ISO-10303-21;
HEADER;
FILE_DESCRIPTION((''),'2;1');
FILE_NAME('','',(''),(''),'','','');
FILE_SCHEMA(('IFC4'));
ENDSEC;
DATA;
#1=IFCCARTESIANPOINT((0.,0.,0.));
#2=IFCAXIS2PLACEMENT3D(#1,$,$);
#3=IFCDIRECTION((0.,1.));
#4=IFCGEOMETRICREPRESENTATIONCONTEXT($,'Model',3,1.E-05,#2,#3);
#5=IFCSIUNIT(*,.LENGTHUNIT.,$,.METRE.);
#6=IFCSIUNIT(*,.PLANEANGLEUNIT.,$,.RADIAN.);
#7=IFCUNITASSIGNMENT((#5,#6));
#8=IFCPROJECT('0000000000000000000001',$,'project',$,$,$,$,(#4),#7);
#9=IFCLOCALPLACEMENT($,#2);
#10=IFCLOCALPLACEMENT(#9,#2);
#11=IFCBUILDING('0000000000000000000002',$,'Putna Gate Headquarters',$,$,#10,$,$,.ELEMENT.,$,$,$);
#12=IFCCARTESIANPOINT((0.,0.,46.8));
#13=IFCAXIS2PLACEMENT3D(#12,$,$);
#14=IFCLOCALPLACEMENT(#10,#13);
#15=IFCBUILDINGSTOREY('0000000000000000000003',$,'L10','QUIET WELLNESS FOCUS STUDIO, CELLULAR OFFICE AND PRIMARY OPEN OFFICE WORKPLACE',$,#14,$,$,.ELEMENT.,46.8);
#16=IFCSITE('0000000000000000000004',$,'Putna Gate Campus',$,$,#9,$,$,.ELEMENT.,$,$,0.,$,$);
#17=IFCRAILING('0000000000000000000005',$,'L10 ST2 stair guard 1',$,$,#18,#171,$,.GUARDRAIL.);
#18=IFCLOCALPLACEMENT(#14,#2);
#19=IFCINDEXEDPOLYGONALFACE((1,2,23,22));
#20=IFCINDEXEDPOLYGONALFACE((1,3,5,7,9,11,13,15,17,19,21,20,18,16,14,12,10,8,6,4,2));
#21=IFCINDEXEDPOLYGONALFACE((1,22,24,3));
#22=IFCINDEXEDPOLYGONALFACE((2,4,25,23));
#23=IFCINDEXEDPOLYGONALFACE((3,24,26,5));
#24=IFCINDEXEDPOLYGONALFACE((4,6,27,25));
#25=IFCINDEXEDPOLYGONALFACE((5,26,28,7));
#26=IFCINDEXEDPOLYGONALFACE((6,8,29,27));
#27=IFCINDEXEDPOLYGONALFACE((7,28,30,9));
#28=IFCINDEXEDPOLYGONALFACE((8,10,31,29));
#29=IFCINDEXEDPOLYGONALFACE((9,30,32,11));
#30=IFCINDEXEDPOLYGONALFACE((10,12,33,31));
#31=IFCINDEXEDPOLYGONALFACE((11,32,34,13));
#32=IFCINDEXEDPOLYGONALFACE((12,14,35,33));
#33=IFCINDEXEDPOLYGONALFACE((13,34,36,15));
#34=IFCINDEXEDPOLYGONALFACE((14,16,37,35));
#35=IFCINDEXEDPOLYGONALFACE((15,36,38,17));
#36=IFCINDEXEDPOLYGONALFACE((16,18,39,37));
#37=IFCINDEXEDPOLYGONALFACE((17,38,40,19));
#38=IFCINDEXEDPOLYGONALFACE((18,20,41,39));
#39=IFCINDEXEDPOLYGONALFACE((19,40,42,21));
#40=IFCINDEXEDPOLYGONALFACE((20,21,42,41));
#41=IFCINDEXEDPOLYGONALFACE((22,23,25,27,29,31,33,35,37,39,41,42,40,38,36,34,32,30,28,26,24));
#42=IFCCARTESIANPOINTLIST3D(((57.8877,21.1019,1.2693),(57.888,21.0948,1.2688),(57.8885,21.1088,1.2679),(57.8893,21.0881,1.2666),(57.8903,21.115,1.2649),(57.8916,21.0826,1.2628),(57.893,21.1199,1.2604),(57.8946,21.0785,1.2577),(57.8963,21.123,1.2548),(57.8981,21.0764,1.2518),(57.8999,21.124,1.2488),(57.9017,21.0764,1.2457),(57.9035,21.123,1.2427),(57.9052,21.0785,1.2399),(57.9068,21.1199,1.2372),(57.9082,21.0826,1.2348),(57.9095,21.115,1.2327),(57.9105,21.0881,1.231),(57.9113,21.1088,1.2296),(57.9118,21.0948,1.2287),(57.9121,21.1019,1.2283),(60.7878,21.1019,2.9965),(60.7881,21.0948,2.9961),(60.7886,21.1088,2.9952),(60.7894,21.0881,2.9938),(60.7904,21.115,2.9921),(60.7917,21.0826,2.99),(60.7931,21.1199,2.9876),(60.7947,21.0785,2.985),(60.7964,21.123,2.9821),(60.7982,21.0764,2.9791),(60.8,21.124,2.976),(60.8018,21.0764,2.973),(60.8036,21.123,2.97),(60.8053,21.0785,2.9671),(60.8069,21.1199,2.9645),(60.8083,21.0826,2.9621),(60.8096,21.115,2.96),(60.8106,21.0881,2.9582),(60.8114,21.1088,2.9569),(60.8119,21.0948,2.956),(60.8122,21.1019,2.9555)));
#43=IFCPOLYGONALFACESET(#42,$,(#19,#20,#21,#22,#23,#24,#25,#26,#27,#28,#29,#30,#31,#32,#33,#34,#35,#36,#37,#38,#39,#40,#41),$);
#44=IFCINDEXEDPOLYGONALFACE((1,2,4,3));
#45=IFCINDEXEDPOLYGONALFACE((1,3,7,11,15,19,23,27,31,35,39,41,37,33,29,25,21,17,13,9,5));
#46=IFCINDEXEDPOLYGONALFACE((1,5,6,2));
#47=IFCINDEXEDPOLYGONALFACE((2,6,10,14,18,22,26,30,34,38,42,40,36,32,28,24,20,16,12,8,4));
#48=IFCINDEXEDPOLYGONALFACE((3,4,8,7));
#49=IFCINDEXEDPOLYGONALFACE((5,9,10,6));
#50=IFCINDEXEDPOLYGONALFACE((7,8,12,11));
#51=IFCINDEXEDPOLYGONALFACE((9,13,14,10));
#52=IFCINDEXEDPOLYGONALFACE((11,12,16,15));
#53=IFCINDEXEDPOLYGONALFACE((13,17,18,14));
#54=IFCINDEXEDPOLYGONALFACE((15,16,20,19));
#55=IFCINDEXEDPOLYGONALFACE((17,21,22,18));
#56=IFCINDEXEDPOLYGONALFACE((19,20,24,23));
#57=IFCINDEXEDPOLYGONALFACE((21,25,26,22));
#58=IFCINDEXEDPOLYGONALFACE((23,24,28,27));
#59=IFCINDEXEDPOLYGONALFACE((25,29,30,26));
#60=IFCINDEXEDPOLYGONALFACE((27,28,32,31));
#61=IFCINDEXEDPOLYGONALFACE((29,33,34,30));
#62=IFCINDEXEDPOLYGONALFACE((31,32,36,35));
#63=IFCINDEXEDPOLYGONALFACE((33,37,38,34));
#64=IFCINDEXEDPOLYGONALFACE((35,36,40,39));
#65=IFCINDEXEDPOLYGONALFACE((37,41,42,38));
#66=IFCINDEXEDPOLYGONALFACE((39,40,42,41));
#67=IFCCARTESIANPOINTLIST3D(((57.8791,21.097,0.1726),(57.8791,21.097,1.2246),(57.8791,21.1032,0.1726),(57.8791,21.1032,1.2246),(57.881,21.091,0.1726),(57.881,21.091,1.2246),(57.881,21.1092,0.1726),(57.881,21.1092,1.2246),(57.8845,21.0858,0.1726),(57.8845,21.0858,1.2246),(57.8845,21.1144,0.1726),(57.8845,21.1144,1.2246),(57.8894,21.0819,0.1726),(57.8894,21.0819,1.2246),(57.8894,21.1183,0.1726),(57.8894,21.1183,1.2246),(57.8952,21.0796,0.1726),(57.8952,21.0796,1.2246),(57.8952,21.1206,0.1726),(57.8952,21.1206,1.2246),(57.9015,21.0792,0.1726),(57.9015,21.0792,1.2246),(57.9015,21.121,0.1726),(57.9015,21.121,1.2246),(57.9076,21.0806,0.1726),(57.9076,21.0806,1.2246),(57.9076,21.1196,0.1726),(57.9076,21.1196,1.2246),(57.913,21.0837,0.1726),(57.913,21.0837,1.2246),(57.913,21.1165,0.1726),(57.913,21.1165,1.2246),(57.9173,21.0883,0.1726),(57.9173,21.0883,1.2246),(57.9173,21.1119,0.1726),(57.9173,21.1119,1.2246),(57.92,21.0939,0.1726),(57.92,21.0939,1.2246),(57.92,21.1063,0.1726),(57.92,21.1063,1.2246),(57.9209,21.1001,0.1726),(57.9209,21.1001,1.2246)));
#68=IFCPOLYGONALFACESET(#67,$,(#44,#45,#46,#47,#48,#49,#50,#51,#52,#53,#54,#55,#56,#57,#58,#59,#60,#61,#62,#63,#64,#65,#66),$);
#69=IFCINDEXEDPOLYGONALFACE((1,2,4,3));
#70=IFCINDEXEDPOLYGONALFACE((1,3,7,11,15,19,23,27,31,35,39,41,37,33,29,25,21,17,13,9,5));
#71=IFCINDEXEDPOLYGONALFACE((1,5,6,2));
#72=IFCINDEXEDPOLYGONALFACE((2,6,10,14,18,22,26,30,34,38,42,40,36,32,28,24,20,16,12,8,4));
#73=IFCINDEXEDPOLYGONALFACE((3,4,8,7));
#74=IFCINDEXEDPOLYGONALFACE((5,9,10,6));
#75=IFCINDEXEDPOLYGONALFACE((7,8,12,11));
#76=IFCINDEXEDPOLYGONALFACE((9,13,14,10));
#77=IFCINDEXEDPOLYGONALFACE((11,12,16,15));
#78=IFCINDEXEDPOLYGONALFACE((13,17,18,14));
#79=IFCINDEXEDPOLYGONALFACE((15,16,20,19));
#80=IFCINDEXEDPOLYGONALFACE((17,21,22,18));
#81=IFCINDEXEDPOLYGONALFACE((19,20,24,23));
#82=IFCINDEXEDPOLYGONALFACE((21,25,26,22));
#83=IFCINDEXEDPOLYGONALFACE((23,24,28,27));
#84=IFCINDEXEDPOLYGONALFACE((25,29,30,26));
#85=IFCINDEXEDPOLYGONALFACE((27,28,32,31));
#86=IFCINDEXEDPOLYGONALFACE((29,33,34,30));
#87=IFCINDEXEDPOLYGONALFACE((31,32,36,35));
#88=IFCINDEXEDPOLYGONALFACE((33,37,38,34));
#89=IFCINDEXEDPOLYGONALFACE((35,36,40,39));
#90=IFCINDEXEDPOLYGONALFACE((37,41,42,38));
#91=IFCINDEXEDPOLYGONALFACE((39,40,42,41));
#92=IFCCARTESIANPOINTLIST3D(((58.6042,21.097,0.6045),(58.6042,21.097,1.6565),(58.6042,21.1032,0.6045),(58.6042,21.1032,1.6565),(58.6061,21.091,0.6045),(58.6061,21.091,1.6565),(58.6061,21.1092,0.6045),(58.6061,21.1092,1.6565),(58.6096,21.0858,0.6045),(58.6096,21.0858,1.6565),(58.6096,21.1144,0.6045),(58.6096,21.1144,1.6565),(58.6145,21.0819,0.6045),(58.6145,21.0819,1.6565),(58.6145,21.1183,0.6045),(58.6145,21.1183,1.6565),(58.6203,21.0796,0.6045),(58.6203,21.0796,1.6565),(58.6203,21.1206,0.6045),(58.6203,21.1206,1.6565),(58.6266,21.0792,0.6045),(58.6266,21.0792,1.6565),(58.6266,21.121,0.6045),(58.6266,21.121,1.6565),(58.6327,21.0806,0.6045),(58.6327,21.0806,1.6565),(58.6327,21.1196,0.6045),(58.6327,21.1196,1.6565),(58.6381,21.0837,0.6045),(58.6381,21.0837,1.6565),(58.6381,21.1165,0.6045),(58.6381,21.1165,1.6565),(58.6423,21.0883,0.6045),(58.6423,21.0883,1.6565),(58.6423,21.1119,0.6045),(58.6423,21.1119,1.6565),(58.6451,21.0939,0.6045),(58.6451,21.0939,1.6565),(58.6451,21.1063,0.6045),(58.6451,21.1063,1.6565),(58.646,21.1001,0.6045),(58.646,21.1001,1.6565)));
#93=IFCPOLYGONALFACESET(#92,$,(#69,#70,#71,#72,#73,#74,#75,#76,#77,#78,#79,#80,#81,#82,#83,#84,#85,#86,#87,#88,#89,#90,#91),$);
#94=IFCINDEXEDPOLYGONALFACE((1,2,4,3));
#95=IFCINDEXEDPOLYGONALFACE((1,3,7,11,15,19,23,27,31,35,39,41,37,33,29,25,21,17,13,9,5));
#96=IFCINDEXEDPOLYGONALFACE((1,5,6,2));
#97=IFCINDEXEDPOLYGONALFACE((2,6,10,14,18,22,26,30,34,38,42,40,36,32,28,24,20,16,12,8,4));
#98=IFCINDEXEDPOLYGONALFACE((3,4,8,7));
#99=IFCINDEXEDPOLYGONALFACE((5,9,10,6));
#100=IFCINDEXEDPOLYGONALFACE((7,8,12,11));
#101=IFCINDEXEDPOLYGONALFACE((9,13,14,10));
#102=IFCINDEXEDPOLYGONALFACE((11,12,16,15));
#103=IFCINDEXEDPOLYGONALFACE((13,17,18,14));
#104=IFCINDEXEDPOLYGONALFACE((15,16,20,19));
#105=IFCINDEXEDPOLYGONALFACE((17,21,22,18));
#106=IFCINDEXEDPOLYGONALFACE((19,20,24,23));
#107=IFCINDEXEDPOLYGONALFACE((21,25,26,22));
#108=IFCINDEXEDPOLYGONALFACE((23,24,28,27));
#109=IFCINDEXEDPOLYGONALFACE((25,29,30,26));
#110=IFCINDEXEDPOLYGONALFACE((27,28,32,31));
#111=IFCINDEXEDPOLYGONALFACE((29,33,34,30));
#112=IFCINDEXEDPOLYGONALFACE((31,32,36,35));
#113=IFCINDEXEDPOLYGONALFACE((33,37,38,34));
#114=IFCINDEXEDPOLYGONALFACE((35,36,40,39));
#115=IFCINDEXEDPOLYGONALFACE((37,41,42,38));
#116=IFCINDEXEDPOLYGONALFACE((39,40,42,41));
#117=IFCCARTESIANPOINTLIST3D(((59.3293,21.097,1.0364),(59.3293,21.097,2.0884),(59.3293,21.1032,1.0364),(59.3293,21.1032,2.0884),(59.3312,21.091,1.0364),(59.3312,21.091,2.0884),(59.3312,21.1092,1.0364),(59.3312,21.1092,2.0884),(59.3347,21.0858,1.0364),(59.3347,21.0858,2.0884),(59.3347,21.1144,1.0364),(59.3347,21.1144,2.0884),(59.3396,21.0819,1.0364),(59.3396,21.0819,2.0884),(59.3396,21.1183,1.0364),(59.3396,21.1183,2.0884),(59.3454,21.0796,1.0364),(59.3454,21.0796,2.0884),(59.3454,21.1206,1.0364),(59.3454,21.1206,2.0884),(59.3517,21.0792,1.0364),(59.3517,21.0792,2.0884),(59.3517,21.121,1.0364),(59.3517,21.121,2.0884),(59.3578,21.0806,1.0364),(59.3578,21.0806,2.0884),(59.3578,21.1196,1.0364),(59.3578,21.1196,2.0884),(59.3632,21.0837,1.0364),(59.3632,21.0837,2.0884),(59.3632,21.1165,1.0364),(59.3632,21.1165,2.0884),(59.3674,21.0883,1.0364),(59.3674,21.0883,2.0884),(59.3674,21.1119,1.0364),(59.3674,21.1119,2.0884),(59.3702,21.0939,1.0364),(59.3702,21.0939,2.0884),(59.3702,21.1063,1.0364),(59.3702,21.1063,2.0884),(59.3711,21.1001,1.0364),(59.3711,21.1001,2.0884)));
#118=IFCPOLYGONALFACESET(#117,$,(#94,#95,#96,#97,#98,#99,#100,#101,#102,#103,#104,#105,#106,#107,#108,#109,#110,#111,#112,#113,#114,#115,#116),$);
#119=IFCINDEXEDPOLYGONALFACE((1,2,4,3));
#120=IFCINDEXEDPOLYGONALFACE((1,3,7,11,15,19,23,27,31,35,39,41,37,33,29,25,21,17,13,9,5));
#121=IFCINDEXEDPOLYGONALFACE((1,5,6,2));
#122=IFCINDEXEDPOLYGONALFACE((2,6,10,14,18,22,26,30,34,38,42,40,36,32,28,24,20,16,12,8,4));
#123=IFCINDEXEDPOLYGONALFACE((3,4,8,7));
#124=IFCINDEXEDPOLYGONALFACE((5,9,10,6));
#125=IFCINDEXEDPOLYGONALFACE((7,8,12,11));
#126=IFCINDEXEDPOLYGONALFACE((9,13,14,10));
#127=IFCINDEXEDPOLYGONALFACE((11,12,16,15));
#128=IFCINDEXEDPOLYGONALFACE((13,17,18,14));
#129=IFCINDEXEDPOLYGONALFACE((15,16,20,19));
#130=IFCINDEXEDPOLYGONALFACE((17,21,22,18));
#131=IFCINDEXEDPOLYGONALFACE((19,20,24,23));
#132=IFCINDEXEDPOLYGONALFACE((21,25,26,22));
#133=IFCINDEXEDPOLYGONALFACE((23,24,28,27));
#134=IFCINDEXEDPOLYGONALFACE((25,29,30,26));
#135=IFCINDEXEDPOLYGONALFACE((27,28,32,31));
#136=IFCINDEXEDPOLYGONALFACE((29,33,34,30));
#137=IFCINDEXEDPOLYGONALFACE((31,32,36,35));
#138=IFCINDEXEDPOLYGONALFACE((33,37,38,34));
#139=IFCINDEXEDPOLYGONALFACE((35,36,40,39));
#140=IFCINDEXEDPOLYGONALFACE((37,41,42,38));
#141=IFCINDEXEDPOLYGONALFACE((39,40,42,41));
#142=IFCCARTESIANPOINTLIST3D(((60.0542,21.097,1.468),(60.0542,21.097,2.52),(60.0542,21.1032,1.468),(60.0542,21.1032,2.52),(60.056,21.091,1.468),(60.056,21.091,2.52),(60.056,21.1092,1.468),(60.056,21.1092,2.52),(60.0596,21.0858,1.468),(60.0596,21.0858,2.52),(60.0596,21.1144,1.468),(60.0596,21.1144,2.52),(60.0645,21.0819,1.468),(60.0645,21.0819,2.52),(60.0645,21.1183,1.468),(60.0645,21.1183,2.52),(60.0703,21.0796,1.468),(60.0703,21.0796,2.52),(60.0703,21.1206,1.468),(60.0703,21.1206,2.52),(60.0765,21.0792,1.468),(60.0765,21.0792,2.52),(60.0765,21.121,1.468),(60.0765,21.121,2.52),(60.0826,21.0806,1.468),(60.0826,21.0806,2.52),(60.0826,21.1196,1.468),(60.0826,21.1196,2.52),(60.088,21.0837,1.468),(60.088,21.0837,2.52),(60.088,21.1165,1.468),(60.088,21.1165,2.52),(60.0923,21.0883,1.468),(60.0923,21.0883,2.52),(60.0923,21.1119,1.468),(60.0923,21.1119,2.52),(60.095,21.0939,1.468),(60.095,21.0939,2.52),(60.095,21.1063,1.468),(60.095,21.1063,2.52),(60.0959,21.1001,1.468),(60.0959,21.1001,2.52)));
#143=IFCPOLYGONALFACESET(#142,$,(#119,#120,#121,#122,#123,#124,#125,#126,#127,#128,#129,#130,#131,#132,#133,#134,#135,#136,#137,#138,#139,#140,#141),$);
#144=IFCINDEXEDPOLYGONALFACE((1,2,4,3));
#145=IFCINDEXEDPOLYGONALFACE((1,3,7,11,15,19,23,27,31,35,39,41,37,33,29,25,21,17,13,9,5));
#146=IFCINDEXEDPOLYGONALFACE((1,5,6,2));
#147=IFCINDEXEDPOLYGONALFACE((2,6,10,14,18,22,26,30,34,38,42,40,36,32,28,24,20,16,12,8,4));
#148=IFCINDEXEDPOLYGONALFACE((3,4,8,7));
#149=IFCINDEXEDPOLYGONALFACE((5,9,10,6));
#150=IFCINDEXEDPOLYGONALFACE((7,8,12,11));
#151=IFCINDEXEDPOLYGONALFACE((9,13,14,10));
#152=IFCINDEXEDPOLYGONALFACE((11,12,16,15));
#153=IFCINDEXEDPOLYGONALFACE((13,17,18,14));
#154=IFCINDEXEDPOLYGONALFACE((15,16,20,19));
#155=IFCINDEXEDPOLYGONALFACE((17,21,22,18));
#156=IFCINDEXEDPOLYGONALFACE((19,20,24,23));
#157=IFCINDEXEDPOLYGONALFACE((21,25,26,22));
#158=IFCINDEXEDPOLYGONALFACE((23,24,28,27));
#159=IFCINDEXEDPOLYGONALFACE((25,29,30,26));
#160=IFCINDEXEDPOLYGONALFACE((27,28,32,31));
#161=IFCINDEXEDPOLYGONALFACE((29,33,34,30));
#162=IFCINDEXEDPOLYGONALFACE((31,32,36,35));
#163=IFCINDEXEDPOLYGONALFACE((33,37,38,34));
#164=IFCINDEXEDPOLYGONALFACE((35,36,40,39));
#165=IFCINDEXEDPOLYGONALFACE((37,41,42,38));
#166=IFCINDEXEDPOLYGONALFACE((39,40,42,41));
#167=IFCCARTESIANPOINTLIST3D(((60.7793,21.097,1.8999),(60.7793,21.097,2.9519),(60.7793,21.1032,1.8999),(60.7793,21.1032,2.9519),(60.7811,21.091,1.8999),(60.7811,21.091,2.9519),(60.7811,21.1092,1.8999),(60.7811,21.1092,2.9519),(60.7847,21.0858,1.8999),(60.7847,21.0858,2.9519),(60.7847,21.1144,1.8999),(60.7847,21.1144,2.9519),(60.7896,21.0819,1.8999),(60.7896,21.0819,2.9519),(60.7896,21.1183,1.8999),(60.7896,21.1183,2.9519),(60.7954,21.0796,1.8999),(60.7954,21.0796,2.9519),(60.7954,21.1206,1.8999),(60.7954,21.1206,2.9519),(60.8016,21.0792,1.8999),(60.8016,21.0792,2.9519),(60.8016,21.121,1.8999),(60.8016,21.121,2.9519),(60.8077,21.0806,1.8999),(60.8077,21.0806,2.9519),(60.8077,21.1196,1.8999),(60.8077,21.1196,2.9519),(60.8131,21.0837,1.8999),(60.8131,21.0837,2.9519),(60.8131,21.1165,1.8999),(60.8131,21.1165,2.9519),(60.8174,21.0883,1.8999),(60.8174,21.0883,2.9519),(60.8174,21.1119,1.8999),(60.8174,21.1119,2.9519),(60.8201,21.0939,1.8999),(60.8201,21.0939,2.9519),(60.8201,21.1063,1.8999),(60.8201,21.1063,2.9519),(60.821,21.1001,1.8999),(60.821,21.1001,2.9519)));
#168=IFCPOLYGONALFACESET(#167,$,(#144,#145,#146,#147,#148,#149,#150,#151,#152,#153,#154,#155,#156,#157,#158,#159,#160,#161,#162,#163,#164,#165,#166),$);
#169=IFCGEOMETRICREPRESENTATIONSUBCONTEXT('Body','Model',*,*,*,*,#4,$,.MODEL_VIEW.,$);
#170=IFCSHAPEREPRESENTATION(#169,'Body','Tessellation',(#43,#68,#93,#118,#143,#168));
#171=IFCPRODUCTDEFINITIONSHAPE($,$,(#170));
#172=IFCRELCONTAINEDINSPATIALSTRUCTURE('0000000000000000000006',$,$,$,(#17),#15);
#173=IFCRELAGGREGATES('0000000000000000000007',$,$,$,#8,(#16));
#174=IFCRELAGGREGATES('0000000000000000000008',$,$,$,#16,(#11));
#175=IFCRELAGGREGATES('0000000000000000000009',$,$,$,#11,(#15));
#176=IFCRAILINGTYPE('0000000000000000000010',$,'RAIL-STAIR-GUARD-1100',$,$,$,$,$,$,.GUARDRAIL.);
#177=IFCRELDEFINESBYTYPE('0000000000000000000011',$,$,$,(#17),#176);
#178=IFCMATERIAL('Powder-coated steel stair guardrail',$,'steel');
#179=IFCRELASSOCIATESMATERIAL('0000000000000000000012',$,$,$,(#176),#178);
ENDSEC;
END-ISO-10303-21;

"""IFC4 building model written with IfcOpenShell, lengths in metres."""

from ifc_helpers import new_model, si_unit, direction, frame, origin, origin_2d, place, context, subcontext, project, spatial, circle, extrude, material, type_object, element, save


model = new_model("IFC4")

# Units and contexts
model_context = context("Model", 3, precision=1e-05, world=origin(), true_north=direction((0.0, 1.0)))
body_context = subcontext(model_context, "Body", "Model", "MODEL_VIEW")
ifc_project = project(units=[si_unit("LENGTHUNIT", "METRE"), si_unit("PLANEANGLEUNIT", "RADIAN")], contexts=[model_context])

# Site, building, storey
site_placement = place(None, origin())
site = spatial("IfcSite", under=ifc_project, at=site_placement, Name="Putna Gate Campus", CompositionType="ELEMENT", RefElevation=0.0)
building_placement = place(site_placement, origin())
building = spatial("IfcBuilding", under=site, at=building_placement, Name="Putna Gate Headquarters", CompositionType="ELEMENT")
storey_placement = place(building_placement, frame((0.0, 0.0, 46.8)))
storey = spatial("IfcBuildingStorey", under=building, at=storey_placement, Name="L10", Description="QUIET WELLNESS FOCUS STUDIO, CELLULAR OFFICE AND PRIMARY OPEN OFFICE WORKPLACE", CompositionType="ELEMENT", Elevation=46.8)

# Railing
ifc_material_1 = material(Name="Powder-coated steel stair guardrail", Category="steel")
railing_type_1 = type_object("IfcRailingType", Name="RAIL-STAIR-GUARD-1100", PredefinedType="GUARDRAIL", material=ifc_material_1)
railing_1_placement = place(storey_placement, frame((57.8999, 21.1001, 0.1726)))
element("IfcRailing", 1, at=railing_1_placement, inside=storey, type_object=railing_type_1, Name="L10 ST2 stair guard 1", PredefinedType="GUARDRAIL", context=body_context, shape_type="SweptSolid", body=[
    extrude(circle(Radius=0.0239, at=origin_2d()), frame((0.0, 0.0, 1.0762), z_axis=(0.85916, 0.0, 0.511706), x_axis=(0.0, 1.0, 0.0)), (0.0, 0.0, 1.0), 3.3755),
    extrude(circle(Radius=0.021, at=origin_2d()), origin(), (0.0, 0.0, 1.0), 1.052),
    extrude(circle(Radius=0.021, at=origin_2d()), frame((0.7251, 0.0, 0.4319)), (0.0, 0.0, 1.0), 1.052),
    extrude(circle(Radius=0.021, at=origin_2d()), frame((1.4502, 0.0, 0.8638)), (0.0, 0.0, 1.0), 1.052),
    extrude(circle(Radius=0.021, at=origin_2d()), frame((2.175, 0.0, 1.2954)), (0.0, 0.0, 1.0), 1.052),
    extrude(circle(Radius=0.021, at=origin_2d()), frame((2.9001, 0.0, 1.7273)), (0.0, 0.0, 1.0), 1.052),
])

save(model, "model.ifc")
